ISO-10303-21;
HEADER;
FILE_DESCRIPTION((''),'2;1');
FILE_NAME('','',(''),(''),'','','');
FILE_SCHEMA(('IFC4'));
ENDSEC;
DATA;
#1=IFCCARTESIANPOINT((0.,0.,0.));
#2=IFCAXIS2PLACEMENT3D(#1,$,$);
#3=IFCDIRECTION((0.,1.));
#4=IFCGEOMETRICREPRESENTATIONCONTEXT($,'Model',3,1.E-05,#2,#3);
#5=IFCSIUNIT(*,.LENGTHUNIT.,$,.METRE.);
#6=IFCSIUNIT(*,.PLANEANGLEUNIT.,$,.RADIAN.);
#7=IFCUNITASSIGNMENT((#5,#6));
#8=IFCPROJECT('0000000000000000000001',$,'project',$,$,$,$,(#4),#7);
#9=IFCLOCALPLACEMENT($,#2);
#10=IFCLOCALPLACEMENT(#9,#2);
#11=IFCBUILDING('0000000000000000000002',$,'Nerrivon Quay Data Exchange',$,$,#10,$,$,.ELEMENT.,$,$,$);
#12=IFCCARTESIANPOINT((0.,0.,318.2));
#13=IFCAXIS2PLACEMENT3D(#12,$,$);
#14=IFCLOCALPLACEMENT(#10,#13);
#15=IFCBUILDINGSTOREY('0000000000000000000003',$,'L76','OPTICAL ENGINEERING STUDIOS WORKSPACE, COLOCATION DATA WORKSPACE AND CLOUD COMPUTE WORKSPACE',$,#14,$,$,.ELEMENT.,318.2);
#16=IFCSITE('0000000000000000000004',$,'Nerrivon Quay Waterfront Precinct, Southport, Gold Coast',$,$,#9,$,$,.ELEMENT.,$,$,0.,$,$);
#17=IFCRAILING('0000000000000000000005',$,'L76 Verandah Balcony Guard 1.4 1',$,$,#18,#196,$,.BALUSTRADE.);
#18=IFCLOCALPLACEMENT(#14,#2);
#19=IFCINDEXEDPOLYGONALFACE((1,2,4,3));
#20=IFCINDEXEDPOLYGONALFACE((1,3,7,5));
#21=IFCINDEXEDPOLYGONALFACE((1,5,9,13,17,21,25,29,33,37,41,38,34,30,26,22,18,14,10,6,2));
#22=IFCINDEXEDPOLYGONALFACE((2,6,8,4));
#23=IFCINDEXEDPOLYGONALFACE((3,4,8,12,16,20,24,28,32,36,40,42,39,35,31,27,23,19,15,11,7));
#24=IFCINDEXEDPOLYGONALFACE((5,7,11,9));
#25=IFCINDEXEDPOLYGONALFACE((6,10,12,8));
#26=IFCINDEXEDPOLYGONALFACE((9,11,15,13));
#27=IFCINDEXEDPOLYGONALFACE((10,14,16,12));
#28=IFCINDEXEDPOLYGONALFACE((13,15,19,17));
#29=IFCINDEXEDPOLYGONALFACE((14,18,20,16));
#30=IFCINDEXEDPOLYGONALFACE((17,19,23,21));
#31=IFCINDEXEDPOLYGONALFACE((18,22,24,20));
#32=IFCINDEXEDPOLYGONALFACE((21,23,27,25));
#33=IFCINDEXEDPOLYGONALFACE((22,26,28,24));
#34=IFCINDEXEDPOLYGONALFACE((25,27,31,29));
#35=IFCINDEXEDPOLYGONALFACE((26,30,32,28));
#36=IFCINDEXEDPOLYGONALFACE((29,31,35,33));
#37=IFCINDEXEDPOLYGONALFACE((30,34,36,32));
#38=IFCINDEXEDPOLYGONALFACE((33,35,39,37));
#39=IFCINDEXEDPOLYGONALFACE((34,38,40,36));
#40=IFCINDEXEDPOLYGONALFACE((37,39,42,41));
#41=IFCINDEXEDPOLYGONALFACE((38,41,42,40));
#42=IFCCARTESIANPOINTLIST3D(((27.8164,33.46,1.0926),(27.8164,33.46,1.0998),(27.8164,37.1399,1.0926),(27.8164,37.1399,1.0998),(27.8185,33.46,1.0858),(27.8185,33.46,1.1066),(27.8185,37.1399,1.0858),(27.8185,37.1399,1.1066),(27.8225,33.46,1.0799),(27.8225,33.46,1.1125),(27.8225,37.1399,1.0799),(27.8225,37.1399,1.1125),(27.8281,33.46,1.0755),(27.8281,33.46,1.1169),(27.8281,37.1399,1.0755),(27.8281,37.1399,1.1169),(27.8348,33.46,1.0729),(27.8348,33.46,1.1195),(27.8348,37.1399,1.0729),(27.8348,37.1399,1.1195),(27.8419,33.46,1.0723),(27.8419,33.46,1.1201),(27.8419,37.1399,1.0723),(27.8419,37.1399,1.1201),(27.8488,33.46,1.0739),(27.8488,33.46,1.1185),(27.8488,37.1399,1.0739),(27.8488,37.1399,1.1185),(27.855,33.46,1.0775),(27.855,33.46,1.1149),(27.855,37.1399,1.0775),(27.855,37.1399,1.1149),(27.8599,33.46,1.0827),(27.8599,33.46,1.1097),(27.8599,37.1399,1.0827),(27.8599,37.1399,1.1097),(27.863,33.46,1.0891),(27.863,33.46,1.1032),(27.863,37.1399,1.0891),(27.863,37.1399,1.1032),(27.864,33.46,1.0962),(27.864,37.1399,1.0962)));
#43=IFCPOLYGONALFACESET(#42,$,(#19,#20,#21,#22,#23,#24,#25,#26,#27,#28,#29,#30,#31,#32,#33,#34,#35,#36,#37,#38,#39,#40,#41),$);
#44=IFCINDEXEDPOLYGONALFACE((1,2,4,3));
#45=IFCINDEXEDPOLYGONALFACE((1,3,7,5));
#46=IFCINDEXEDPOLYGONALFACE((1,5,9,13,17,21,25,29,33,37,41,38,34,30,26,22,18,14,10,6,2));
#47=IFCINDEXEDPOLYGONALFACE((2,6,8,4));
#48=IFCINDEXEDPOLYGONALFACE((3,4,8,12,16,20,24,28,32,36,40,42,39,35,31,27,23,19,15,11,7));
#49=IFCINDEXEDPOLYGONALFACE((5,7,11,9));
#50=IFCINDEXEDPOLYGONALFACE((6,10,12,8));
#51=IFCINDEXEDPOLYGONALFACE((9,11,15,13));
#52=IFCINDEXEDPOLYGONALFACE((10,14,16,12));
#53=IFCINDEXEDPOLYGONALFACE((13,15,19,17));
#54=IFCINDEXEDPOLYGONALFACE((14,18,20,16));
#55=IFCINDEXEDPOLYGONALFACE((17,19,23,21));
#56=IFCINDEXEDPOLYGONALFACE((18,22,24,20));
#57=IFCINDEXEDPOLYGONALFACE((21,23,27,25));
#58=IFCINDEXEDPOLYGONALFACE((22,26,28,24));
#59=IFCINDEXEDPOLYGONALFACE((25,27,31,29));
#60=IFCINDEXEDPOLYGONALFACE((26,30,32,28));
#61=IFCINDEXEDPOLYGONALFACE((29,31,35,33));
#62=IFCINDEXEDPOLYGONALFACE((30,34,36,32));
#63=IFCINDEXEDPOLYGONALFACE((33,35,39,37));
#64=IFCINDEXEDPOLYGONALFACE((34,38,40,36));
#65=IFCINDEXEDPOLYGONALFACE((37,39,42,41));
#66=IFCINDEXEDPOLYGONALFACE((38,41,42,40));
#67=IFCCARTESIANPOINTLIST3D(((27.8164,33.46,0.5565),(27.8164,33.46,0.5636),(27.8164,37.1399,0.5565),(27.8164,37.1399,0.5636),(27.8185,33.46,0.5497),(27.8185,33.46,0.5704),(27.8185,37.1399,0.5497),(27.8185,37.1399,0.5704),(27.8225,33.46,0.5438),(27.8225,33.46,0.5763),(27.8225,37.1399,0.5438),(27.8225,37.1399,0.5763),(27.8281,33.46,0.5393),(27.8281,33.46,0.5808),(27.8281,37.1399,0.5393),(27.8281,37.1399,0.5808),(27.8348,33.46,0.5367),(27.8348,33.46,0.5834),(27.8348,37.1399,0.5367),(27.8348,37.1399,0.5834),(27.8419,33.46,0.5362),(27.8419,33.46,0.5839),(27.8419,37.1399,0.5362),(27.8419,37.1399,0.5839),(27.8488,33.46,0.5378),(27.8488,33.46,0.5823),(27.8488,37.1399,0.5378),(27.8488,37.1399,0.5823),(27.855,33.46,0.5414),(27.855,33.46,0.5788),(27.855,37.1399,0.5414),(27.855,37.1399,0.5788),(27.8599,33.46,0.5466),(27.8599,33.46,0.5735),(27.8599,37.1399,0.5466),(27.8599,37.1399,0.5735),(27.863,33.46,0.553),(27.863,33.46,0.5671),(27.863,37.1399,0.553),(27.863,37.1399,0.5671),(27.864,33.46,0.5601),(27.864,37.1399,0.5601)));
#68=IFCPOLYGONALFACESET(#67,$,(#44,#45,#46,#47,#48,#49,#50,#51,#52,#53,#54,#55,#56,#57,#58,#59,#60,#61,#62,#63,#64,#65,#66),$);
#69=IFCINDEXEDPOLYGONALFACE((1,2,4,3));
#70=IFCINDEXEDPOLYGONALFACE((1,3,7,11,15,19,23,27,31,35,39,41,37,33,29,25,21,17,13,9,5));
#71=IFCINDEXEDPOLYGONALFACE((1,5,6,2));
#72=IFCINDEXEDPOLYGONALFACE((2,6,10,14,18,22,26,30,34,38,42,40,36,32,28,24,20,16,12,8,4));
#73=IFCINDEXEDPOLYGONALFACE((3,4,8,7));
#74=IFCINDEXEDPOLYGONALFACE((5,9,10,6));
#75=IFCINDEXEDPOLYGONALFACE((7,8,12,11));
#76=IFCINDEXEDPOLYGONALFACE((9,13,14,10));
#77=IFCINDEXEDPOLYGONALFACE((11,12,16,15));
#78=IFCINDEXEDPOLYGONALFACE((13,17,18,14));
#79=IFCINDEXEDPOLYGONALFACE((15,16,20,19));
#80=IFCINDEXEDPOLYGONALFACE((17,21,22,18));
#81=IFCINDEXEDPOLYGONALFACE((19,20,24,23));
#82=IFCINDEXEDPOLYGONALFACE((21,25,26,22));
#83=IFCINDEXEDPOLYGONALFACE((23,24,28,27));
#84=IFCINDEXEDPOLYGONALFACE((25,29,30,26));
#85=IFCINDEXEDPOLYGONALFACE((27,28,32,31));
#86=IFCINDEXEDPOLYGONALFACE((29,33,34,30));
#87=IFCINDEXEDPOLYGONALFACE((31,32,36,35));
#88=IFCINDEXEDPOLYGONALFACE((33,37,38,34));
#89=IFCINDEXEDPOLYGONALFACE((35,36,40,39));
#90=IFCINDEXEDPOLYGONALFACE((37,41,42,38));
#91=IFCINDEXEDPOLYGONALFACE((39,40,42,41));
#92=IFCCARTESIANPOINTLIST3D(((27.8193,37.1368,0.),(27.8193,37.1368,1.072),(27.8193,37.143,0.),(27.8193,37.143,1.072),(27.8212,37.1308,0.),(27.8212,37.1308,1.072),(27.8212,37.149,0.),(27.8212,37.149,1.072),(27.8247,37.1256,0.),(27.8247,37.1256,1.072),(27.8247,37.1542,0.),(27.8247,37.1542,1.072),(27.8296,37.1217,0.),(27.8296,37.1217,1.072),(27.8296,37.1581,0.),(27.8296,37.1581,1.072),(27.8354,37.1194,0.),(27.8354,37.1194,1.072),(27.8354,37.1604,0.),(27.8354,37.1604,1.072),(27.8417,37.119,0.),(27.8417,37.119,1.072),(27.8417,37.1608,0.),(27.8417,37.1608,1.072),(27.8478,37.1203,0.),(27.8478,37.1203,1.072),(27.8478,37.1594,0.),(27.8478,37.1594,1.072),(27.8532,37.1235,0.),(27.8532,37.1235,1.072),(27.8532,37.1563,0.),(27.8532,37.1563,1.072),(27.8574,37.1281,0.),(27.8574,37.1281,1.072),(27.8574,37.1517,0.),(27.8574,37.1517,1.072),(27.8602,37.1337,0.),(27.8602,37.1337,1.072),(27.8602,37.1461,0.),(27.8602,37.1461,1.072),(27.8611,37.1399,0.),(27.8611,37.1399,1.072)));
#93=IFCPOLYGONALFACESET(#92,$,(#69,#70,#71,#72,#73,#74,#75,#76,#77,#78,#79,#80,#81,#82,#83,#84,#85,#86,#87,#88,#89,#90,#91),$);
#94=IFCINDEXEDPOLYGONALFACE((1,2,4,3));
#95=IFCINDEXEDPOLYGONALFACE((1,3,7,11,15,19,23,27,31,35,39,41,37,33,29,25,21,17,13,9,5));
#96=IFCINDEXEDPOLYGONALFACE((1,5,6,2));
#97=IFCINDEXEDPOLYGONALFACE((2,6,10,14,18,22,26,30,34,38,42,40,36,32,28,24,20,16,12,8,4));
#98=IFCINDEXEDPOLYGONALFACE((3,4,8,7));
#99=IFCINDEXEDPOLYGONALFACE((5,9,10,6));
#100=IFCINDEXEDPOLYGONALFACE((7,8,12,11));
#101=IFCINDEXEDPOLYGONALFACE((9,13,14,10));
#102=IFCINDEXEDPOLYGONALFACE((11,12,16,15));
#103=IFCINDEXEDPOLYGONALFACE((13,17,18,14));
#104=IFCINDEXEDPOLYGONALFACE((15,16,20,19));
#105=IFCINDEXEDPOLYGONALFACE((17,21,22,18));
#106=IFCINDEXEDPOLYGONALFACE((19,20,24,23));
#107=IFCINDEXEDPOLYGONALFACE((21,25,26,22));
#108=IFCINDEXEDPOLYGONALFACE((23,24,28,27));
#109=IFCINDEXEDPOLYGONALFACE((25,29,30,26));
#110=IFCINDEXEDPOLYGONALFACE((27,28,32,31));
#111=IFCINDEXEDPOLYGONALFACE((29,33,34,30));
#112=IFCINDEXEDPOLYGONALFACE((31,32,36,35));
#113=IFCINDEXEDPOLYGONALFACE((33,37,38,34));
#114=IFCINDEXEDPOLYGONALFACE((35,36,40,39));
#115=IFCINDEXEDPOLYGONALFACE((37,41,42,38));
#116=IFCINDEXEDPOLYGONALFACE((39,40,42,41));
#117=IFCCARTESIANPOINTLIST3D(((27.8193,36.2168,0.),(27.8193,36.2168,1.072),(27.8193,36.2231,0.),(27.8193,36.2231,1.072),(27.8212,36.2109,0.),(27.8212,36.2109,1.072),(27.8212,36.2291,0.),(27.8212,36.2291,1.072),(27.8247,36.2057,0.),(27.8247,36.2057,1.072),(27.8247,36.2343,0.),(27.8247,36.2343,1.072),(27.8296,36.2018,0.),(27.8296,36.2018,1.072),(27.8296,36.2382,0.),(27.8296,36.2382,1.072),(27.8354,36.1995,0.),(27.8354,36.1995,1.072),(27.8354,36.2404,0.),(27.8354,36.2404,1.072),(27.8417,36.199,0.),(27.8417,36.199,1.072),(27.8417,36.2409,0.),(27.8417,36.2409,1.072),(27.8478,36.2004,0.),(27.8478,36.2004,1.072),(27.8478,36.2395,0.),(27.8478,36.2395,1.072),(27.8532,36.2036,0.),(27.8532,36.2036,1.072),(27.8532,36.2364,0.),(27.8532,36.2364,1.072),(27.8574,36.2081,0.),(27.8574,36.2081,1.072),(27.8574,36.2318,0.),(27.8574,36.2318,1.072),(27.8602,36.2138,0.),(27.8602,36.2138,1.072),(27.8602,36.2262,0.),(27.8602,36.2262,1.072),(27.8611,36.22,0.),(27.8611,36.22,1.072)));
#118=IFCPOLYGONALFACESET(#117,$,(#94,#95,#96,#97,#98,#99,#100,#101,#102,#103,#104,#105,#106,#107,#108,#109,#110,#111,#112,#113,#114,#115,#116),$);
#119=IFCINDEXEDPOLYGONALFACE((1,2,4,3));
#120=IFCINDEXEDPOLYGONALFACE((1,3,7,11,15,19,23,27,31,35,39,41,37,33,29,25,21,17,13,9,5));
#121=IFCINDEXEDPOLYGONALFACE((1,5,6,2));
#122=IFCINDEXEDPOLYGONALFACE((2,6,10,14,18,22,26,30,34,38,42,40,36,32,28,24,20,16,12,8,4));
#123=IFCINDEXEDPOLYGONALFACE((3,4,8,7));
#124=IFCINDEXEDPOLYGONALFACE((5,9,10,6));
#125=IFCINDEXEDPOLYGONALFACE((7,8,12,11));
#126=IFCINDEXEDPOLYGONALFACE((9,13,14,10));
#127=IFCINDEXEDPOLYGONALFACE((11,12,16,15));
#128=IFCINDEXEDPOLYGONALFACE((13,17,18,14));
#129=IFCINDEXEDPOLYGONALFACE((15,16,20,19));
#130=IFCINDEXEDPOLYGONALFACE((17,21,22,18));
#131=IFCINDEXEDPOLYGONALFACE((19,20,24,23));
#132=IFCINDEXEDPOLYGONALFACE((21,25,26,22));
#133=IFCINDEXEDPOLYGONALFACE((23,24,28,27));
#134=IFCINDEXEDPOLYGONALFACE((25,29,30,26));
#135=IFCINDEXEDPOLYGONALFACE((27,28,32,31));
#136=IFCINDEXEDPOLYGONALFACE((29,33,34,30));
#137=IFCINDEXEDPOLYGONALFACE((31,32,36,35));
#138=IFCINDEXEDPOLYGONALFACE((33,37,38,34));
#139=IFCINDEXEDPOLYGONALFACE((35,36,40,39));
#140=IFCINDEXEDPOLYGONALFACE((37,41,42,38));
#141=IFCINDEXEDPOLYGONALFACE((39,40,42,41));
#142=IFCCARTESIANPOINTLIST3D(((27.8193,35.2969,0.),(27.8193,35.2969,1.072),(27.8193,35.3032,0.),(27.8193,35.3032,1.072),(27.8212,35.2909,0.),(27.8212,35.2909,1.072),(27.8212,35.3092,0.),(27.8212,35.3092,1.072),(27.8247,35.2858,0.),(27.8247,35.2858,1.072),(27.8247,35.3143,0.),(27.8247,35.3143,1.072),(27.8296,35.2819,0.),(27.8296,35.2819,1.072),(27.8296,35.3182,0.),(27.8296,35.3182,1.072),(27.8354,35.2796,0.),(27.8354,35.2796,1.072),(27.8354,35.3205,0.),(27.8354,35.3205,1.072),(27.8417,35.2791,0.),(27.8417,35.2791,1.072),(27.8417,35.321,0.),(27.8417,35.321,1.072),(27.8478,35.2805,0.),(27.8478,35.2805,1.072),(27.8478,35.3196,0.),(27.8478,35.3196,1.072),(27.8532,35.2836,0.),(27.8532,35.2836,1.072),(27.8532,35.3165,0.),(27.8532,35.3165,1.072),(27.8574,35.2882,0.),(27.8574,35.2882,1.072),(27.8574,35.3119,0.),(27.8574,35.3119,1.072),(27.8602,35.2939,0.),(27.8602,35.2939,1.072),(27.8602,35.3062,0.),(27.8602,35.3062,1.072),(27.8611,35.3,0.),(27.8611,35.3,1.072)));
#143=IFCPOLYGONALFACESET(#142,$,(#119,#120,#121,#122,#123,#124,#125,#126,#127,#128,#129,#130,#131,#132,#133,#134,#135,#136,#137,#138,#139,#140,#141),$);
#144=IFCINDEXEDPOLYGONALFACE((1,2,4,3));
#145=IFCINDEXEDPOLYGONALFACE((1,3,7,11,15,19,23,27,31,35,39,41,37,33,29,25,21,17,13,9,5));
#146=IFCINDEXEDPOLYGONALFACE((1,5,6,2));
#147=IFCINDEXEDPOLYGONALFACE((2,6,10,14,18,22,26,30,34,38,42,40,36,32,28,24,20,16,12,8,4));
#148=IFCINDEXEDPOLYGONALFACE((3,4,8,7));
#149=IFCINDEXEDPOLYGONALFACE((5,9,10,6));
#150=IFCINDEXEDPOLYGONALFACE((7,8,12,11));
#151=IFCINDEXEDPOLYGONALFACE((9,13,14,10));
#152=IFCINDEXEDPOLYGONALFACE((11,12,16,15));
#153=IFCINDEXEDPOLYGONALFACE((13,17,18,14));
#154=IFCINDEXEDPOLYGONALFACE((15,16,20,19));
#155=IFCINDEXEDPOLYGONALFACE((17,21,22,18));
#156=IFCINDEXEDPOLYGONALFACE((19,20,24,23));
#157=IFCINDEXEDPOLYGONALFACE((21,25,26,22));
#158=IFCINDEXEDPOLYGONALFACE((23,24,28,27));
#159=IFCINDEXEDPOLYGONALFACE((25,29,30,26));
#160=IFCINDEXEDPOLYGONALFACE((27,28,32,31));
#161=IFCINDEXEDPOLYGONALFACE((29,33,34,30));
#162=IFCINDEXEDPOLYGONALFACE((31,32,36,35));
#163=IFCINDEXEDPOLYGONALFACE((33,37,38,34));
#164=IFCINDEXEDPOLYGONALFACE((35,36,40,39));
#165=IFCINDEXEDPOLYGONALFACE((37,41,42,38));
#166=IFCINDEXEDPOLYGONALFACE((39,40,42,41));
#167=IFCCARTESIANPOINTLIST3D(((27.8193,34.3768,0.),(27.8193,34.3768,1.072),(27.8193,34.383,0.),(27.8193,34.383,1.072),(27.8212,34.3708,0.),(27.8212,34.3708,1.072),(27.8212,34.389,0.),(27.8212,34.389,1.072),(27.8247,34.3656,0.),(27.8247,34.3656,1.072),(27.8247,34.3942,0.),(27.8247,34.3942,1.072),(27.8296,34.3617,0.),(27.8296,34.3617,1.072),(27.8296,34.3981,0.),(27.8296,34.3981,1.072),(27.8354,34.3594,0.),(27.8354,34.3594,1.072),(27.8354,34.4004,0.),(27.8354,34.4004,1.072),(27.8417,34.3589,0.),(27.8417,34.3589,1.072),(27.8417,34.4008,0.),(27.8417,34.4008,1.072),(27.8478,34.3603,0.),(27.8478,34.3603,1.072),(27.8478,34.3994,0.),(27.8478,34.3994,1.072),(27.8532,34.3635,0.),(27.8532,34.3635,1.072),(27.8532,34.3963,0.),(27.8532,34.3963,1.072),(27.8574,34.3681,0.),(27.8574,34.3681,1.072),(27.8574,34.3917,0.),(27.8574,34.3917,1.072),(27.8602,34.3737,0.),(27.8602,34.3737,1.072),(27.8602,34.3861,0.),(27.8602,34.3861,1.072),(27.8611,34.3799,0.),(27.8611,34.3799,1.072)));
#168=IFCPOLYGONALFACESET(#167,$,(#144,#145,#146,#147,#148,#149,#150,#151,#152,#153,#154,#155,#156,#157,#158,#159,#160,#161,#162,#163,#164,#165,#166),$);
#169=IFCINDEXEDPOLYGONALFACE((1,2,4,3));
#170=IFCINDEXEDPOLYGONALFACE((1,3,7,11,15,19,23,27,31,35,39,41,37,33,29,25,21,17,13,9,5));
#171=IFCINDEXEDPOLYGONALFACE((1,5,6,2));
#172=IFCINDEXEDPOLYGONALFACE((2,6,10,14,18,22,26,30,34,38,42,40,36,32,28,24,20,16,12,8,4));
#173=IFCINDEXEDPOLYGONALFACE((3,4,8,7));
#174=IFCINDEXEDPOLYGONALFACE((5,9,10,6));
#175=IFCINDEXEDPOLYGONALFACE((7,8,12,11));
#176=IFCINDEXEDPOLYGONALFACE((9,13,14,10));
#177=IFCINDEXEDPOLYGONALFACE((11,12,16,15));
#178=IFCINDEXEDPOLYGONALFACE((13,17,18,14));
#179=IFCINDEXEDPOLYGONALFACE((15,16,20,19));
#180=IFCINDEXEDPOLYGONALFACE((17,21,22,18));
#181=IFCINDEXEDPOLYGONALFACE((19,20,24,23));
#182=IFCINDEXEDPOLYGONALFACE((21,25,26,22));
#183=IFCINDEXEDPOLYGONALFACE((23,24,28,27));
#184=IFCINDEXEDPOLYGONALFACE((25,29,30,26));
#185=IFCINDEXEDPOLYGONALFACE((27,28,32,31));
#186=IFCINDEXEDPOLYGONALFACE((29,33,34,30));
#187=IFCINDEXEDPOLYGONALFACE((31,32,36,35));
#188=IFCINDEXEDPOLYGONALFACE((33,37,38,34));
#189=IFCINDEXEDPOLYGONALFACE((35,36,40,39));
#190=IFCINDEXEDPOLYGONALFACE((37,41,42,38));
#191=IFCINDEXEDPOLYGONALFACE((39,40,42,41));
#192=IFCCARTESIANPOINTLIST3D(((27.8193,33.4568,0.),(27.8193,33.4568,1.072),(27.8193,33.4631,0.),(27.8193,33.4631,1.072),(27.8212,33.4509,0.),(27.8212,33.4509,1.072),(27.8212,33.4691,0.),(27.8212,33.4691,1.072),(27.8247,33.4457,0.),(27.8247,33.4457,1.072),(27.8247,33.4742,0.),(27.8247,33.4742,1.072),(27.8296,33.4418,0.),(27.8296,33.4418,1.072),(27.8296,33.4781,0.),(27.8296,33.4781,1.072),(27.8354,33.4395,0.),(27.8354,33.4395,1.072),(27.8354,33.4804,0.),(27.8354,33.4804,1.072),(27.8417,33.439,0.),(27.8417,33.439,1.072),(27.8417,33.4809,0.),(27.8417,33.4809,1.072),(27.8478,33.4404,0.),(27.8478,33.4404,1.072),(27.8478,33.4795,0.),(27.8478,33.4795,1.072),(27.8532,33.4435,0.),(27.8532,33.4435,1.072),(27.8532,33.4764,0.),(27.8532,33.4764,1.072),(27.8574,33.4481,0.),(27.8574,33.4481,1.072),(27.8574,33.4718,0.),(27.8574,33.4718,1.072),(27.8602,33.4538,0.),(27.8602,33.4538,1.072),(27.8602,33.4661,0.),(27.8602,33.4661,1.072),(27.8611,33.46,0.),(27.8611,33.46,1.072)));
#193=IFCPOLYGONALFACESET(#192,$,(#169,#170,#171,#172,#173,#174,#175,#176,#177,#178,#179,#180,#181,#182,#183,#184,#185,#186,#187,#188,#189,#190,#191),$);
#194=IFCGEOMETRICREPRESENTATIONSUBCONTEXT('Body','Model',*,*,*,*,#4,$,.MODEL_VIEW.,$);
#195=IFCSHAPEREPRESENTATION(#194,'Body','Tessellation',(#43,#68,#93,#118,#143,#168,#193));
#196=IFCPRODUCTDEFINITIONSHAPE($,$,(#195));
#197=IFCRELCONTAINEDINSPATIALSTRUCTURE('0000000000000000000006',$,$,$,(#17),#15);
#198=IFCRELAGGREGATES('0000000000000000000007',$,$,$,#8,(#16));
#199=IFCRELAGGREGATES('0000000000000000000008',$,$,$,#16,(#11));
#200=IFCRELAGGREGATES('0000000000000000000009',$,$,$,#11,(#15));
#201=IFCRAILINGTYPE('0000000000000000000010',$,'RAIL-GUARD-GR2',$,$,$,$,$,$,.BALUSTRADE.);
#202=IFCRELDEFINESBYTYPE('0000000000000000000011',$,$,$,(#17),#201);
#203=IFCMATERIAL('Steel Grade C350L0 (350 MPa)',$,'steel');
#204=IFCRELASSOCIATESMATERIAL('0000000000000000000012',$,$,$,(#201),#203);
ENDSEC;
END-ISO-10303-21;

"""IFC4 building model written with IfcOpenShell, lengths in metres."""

from ifc_helpers import new_model, si_unit, direction, frame, origin, origin_2d, place, context, subcontext, project, spatial, circle, extrude, material, type_object, element, save


model = new_model("IFC4")

# Units and contexts
model_context = context("Model", 3, precision=1e-05, world=origin(), true_north=direction((0.0, 1.0)))
body_context = subcontext(model_context, "Body", "Model", "MODEL_VIEW")
ifc_project = project(units=[si_unit("LENGTHUNIT", "METRE"), si_unit("PLANEANGLEUNIT", "RADIAN")], contexts=[model_context])

# Site, building, storey
site_placement = place(None, origin())
site = spatial("IfcSite", under=ifc_project, at=site_placement, Name="Nerrivon Quay Waterfront Precinct, Southport, Gold Coast", CompositionType="ELEMENT", RefElevation=0.0)
building_placement = place(site_placement, origin())
building = spatial("IfcBuilding", under=site, at=building_placement, Name="Nerrivon Quay Data Exchange", CompositionType="ELEMENT")
storey_placement = place(building_placement, frame((0.0, 0.0, 318.2)))
storey = spatial("IfcBuildingStorey", under=building, at=storey_placement, Name="L76", Description="OPTICAL ENGINEERING STUDIOS WORKSPACE, COLOCATION DATA WORKSPACE AND CLOUD COMPUTE WORKSPACE", CompositionType="ELEMENT", Elevation=318.2)

# Railing
ifc_material_1 = material(Name="Steel Grade C350L0 (350 MPa)", Category="steel")
railing_type = type_object("IfcRailingType", Name="RAIL-GUARD-GR2", PredefinedType="BALUSTRADE", material=ifc_material_1)
railing_1_placement = place(storey_placement, frame((27.8401, 37.1399, 0.0)))
element("IfcRailing", 1, at=railing_1_placement, inside=storey, type_object=railing_type, Name="L76 Verandah Balcony Guard 1.4 1", PredefinedType="BALUSTRADE", context=body_context, shape_type="SweptSolid", body=[
    extrude(circle(Radius=0.0239, at=origin_2d()), frame((0.0, 0.0, 1.0962), z_axis=(0.0, -1.0, 0.0), x_axis=(1.0, 0.0, 0.0)), (0.0, 0.0, 1.0), 3.6799),
    extrude(circle(Radius=0.0239, at=origin_2d()), frame((0.0, 0.0, 0.5601), z_axis=(0.0, -1.0, 0.0), x_axis=(1.0, 0.0, 0.0)), (0.0, 0.0, 1.0), 3.6799),
    extrude(circle(Radius=0.021, at=origin_2d()), origin(), (0.0, 0.0, 1.0), 1.072),
    extrude(circle(Radius=0.021, at=origin_2d()), frame((0.0, -0.9199, 0.0)), (0.0, 0.0, 1.0), 1.072),
    extrude(circle(Radius=0.021, at=origin_2d()), frame((0.0, -1.8398, 0.0)), (0.0, 0.0, 1.0), 1.072),
    extrude(circle(Radius=0.021, at=origin_2d()), frame((0.0, -2.76, 0.0)), (0.0, 0.0, 1.0), 1.072),
    extrude(circle(Radius=0.021, at=origin_2d()), frame((0.0, -3.6799, 0.0)), (0.0, 0.0, 1.0), 1.072),
])

save(model, "model.ifc")
